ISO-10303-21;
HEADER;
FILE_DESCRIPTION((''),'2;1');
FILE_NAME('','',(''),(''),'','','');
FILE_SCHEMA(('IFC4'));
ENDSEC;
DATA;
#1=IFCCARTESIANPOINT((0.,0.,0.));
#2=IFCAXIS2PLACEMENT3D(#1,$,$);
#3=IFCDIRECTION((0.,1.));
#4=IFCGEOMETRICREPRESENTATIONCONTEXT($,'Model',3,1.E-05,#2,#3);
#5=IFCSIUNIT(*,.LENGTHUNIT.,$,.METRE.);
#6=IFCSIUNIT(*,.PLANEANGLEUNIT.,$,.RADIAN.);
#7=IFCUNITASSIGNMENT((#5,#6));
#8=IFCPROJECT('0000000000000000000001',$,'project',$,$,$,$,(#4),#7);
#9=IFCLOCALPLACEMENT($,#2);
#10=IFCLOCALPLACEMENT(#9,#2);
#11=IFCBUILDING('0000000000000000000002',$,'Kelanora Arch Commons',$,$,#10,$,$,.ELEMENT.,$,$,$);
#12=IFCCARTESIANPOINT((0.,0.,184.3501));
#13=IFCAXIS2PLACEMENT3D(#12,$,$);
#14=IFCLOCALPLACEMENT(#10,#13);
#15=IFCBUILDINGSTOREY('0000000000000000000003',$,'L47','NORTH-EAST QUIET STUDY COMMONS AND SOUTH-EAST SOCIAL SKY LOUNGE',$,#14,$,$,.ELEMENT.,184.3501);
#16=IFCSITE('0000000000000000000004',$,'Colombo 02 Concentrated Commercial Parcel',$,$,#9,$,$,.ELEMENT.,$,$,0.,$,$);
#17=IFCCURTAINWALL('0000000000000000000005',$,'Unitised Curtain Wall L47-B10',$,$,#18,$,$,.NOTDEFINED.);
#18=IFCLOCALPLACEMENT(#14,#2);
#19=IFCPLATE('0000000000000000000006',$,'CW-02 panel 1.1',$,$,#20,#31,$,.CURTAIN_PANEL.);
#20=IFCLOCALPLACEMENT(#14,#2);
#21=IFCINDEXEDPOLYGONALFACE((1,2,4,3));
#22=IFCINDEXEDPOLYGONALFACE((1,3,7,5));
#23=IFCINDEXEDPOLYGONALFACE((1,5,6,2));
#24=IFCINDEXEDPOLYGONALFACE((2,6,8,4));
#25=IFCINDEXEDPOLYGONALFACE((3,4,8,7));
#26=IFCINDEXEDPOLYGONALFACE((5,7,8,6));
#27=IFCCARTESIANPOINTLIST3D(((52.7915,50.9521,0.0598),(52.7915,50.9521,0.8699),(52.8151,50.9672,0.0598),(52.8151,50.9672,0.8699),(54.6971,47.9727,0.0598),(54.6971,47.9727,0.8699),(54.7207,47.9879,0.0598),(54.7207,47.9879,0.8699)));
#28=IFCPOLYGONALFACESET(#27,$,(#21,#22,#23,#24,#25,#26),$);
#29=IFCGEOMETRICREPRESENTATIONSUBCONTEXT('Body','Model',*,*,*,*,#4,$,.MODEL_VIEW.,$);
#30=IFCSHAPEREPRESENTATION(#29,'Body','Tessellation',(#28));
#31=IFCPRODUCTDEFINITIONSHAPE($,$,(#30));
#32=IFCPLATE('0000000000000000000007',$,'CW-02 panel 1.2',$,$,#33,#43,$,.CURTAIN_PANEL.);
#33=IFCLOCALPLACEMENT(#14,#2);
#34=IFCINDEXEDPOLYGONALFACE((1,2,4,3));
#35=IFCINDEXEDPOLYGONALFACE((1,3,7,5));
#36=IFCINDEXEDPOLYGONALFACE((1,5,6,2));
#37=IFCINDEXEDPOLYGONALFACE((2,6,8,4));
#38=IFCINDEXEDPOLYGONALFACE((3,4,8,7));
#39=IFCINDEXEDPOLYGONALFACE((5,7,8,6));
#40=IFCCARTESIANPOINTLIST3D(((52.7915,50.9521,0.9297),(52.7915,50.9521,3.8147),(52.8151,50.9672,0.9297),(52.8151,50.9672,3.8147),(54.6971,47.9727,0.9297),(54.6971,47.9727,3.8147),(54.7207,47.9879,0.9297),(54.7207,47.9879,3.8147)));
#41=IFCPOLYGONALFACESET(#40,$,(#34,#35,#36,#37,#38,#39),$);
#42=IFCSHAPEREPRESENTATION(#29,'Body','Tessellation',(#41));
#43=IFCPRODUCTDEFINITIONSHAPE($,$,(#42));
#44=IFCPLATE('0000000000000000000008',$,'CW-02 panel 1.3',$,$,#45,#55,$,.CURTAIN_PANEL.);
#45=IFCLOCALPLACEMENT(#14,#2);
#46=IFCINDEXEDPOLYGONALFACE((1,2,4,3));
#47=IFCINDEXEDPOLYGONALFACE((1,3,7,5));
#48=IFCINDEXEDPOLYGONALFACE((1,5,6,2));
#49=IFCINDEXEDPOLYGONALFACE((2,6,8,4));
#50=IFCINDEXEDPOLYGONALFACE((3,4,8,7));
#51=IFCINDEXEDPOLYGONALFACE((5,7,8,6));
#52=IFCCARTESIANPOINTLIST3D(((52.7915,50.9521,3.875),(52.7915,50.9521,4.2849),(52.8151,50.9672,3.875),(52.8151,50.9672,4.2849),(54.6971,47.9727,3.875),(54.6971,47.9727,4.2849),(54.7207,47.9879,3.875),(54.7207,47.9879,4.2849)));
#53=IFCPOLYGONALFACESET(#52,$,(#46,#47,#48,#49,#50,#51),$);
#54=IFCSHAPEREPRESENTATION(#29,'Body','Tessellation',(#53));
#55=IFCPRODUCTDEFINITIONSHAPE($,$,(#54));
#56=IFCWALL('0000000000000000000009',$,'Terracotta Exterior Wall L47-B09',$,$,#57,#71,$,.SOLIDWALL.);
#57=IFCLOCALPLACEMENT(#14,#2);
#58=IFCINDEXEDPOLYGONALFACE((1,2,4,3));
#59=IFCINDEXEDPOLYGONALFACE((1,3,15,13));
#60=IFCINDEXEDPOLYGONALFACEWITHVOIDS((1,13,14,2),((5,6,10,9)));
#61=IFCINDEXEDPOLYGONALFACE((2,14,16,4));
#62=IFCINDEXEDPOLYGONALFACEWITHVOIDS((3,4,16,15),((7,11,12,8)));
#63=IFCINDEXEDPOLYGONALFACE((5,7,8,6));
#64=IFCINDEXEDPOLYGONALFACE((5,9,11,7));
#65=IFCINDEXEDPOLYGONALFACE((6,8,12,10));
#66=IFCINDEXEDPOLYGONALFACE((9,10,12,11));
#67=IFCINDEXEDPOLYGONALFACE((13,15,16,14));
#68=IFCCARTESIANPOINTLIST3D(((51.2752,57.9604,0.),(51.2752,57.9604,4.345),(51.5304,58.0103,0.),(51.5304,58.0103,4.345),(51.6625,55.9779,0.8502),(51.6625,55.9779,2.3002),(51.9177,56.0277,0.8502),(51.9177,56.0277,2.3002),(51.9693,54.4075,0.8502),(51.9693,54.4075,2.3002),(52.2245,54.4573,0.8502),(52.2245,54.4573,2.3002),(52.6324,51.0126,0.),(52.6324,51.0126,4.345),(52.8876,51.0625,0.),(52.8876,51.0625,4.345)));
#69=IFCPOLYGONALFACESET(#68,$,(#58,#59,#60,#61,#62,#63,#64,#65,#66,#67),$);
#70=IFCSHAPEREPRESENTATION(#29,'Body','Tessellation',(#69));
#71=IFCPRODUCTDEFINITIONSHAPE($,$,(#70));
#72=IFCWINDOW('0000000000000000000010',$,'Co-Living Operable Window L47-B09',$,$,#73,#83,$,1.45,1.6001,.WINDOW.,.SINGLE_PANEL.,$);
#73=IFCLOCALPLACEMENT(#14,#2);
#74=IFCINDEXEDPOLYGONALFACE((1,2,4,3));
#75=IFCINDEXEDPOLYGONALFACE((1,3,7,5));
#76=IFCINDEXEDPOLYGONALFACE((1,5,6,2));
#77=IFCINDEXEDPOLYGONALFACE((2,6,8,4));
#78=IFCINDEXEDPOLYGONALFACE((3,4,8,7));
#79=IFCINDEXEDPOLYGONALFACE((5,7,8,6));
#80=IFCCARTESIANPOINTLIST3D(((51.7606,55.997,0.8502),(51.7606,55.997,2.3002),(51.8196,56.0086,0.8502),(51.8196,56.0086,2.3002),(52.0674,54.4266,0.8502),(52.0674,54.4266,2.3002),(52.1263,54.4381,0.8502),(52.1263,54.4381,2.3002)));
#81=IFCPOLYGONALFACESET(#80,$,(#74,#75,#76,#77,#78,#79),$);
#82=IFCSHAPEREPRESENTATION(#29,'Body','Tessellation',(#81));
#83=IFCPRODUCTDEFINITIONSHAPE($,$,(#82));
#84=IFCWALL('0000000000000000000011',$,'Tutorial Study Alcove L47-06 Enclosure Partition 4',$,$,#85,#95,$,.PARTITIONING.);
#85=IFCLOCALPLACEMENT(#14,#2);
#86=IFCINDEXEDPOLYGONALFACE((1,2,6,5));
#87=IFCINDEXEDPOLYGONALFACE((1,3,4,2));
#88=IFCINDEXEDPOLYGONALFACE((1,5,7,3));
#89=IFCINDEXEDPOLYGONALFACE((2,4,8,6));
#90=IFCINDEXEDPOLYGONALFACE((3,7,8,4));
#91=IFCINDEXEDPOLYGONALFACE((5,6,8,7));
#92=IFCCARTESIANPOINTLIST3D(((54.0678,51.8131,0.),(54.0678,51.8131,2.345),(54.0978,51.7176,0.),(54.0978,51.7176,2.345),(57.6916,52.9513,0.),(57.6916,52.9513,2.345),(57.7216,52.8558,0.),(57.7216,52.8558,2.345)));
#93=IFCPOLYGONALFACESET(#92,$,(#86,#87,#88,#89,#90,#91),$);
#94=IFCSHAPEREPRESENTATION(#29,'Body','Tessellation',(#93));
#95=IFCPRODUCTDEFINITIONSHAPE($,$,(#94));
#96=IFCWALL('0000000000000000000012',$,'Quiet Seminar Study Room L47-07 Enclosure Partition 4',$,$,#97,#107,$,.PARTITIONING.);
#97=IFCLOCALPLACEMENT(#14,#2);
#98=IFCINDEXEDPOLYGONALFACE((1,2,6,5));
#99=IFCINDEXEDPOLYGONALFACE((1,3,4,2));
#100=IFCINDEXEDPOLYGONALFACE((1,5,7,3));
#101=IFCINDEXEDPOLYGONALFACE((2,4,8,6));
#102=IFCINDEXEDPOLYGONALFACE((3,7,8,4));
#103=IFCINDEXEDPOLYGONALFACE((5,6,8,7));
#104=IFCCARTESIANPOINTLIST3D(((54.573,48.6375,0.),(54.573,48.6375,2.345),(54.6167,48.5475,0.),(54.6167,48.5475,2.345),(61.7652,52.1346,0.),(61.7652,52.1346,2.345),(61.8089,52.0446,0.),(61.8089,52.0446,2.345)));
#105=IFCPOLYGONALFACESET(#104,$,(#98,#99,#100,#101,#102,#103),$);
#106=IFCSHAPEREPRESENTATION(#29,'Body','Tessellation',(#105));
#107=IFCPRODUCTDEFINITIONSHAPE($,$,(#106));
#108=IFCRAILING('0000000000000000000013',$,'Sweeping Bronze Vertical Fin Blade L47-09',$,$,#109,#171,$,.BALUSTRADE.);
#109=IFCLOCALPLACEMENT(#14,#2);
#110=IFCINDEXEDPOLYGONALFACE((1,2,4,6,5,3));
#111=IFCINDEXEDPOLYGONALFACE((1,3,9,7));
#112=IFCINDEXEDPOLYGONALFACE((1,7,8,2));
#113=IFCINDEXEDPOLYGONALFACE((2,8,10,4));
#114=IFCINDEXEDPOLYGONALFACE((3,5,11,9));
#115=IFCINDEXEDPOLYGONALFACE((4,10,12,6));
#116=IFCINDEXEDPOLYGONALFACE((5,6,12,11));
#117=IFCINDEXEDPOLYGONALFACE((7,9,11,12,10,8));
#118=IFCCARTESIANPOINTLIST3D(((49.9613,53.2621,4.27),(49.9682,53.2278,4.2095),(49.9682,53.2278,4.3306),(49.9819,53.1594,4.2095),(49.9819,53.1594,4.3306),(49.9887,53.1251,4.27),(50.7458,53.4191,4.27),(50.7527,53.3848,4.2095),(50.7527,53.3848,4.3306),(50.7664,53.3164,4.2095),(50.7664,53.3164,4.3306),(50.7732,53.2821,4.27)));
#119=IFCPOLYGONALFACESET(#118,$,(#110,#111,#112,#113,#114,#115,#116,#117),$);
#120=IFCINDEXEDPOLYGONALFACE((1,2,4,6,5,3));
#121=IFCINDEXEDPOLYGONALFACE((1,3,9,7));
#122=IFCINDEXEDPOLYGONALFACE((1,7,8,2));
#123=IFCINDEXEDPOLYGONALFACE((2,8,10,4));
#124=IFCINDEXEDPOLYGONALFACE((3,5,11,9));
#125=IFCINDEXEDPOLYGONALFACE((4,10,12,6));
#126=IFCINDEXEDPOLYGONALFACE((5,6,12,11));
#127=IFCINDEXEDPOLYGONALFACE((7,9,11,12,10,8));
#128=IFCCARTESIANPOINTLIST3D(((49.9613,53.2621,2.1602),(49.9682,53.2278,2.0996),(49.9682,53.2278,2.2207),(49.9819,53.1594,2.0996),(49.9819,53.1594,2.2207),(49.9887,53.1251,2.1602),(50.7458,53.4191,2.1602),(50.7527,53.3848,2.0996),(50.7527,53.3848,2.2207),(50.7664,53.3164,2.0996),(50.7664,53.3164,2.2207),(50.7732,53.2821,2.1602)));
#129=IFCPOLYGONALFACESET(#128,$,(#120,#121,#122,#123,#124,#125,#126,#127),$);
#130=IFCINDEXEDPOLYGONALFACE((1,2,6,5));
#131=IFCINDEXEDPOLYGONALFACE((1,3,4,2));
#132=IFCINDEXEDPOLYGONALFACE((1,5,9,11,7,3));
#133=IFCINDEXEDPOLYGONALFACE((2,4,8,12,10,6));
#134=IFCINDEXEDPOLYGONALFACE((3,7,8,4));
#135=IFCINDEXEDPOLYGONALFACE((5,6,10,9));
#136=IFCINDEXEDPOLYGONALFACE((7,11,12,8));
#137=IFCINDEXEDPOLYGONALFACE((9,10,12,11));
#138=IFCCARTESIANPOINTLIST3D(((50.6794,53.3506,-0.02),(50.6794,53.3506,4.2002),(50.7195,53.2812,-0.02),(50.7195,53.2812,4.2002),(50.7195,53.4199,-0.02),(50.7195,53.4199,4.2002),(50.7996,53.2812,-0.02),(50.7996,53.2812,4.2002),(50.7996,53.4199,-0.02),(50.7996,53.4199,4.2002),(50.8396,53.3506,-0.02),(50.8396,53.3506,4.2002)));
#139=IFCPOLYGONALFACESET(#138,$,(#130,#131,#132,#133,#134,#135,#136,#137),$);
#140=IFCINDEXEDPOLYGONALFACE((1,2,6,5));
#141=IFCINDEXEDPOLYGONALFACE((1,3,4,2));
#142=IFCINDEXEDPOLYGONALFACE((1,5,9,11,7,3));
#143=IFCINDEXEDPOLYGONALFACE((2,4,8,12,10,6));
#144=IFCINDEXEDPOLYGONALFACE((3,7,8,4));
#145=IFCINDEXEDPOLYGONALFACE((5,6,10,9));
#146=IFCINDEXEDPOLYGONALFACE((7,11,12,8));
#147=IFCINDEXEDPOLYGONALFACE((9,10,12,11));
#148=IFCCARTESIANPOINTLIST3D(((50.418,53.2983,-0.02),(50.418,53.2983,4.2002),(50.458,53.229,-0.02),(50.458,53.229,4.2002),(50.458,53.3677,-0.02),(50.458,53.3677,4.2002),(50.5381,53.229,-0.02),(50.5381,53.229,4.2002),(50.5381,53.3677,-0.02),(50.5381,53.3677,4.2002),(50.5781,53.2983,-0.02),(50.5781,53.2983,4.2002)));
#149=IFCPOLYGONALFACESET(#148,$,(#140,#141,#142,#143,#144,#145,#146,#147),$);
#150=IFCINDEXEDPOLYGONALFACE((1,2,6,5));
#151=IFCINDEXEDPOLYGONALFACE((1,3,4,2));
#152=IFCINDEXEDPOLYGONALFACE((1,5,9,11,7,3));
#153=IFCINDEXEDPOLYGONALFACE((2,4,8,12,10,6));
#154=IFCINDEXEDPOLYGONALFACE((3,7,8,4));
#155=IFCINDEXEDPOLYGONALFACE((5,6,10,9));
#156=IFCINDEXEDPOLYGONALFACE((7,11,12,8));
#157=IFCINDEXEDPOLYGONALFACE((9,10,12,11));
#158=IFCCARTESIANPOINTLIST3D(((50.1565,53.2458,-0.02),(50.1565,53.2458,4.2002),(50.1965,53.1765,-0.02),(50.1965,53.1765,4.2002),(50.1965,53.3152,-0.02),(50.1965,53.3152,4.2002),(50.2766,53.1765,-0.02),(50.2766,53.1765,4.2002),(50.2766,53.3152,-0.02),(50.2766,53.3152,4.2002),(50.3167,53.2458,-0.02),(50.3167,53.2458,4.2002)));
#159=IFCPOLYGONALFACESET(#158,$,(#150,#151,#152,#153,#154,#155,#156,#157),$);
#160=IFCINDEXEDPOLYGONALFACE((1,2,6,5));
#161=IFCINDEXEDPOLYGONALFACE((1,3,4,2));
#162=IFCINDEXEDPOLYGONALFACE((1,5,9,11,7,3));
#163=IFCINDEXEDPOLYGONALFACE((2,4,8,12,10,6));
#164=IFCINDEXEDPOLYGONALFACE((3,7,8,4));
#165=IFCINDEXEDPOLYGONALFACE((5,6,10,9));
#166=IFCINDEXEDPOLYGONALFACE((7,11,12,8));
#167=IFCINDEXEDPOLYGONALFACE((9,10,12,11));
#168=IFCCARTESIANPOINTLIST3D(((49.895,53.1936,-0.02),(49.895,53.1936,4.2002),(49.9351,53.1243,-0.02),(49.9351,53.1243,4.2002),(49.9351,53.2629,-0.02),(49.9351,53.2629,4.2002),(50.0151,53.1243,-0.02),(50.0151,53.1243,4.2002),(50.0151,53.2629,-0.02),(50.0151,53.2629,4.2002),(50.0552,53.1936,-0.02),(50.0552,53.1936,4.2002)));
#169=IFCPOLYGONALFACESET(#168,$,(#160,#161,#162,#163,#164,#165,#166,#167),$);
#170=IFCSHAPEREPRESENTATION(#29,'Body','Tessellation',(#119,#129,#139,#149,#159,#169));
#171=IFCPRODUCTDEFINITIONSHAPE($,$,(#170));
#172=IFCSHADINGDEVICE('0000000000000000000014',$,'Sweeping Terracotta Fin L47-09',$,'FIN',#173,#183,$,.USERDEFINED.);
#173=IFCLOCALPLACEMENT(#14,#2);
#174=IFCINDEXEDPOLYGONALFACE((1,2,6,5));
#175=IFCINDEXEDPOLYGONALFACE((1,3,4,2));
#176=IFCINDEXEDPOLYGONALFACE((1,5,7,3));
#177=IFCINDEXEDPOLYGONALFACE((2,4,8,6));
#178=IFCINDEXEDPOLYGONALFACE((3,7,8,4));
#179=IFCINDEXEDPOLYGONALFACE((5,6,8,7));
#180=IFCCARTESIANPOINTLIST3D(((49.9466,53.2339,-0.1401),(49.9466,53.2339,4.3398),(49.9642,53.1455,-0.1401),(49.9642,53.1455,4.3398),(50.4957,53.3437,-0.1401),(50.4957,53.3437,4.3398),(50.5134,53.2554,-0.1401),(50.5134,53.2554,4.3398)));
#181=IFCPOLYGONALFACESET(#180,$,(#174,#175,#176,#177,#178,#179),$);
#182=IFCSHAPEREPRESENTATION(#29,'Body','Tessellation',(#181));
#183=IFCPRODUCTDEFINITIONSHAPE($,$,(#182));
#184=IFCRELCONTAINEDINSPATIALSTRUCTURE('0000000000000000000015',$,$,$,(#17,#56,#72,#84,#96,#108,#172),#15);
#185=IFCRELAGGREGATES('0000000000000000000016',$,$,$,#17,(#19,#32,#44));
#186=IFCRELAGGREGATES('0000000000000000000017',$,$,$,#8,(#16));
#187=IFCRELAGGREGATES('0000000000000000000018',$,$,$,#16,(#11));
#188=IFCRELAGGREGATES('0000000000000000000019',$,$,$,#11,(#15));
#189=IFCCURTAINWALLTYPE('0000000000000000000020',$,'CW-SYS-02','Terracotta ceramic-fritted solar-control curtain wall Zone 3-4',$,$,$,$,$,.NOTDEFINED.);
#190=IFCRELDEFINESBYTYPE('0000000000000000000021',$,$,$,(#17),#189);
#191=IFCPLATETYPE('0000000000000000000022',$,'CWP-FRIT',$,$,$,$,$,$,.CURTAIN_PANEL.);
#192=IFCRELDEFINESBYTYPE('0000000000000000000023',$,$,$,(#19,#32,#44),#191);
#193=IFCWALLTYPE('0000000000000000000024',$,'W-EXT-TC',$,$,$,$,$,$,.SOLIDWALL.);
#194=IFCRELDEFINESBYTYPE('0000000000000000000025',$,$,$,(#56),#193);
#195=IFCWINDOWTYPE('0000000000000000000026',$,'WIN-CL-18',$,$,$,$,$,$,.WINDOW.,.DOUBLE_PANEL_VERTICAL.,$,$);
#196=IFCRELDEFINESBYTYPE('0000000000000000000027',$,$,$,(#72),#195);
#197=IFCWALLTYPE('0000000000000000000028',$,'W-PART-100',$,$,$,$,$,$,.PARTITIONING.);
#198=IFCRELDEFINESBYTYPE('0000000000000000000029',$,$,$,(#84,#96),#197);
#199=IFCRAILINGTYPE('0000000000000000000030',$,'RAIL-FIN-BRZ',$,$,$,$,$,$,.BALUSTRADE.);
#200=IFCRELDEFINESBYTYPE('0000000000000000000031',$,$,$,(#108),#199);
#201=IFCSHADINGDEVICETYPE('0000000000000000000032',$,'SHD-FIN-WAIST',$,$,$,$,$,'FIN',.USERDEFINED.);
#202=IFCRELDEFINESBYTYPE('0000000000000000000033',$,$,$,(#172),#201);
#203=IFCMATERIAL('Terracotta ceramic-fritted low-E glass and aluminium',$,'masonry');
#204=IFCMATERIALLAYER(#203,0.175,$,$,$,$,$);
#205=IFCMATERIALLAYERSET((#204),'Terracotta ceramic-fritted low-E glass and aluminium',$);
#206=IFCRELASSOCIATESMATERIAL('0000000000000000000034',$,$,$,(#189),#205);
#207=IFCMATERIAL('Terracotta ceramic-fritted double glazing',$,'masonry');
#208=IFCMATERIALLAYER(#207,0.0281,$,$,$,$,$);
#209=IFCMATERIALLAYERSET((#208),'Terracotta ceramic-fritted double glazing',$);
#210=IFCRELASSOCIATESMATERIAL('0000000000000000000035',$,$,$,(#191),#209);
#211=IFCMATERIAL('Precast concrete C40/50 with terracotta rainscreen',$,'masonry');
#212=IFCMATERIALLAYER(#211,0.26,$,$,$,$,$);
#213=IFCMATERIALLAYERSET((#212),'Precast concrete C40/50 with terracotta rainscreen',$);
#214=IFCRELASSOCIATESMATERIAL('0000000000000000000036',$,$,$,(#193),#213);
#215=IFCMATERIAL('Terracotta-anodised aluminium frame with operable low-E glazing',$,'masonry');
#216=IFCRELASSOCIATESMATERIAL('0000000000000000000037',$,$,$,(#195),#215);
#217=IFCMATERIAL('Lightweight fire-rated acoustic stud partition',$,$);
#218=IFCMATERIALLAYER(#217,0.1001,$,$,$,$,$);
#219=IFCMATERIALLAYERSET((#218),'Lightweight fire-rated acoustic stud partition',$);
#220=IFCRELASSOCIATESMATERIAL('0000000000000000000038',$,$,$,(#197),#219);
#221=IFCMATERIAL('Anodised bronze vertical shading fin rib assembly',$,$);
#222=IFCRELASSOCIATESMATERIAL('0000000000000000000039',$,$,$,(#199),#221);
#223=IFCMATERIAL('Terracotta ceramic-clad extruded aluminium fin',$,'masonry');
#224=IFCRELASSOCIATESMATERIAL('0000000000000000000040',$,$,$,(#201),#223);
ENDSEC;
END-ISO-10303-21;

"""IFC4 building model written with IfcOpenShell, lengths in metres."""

from ifc_helpers import new_model, si_unit, direction, frame, frame_2d, origin, origin_2d, place, context, subcontext, project, spatial, polyline, rectangle, outline, extrude, source, transform, mapped, material, layer, layer_set, type_object, element, fill, aggregate, save


model = new_model("IFC4")

# Units and contexts
model_context = context("Model", 3, precision=1e-05, world=origin(), true_north=direction((0.0, 1.0)))
body_context = subcontext(model_context, "Body", "Model", "MODEL_VIEW")
ifc_project = project(units=[si_unit("LENGTHUNIT", "METRE"), si_unit("PLANEANGLEUNIT", "RADIAN")], contexts=[model_context])

# Site, building, storey
site_placement = place(None, origin())
site = spatial("IfcSite", under=ifc_project, at=site_placement, Name="Colombo 02 Concentrated Commercial Parcel", CompositionType="ELEMENT", RefElevation=0.0)
building_placement = place(site_placement, origin())
building = spatial("IfcBuilding", under=site, at=building_placement, Name="Kelanora Arch Commons", CompositionType="ELEMENT")
storey_placement = place(building_placement, frame((0.0, 0.0, 184.3501)))
storey = spatial("IfcBuildingStorey", under=building, at=storey_placement, Name="L47", Description="NORTH-EAST QUIET STUDY COMMONS AND SOUTH-EAST SOCIAL SKY LOUNGE", CompositionType="ELEMENT", Elevation=184.3501)

# Shared definitions
ifc_material_1 = material(Name="Terracotta ceramic-fritted low-E glass and aluminium", Category="masonry")
ifc_layer_1 = layer(ifc_material_1, 0.175)
ifc_layer_set_1 = layer_set([ifc_layer_1], Name="Terracotta ceramic-fritted low-E glass and aluminium")
curtain_wall_type = type_object("IfcCurtainWallType", Name="CW-SYS-02", Description="Terracotta ceramic-fritted solar-control curtain wall Zone 3-4", PredefinedType="NOTDEFINED", material=ifc_layer_set_1)

# Curtain wall
curtain_wall_1_placement = place(storey_placement, origin())
curtain_wall_1 = element("IfcCurtainWall", 1, at=curtain_wall_1_placement, inside=storey, type_object=curtain_wall_type, Name="Unitised Curtain Wall L47-B10", PredefinedType="NOTDEFINED")

# Plates
ifc_material_2 = material(Name="Terracotta ceramic-fritted double glazing", Category="masonry")
ifc_layer_2 = layer(ifc_material_2, 0.0281)
ifc_layer_set_2 = layer_set([ifc_layer_2], Name="Terracotta ceramic-fritted double glazing")
plate_type = type_object("IfcPlateType", Name="CWP-FRIT", PredefinedType="CURTAIN_PANEL", material=ifc_layer_set_2)
shared_shape_1 = source(origin(), body_context, "Body", "SweptSolid", [
    extrude(rectangle(XDim=3.5366, YDim=0.0281, at=origin_2d()), origin(), (0.0, 0.0, 1.0), 0.8101),
])
plate_1_placement = place(storey_placement, frame((53.7561, 49.47, 0.0598), z_axis=(0.0, 0.0, 1.0), x_axis=(0.538817, -0.842423, 0.0)))
plate_1 = element("IfcPlate", 2, at=plate_1_placement, type_object=plate_type, Name="CW-02 panel 1.1", PredefinedType="CURTAIN_PANEL", context=body_context, shape_type="MappedRepresentation", body=[
    mapped(shared_shape_1, transform((0.0, 0.0, 0.0), scale=1.0)),
])
shared_shape_2 = source(origin(), body_context, "Body", "SweptSolid", [
    extrude(rectangle(XDim=3.5366, YDim=0.0281, at=origin_2d()), origin(), (0.0, 0.0, 1.0), 2.885),
])
plate_2_placement = place(storey_placement, frame((53.7561, 49.47, 0.9297), z_axis=(0.0, 0.0, 1.0), x_axis=(0.538817, -0.842423, 0.0)))
plate_2 = element("IfcPlate", 3, at=plate_2_placement, type_object=plate_type, Name="CW-02 panel 1.2", PredefinedType="CURTAIN_PANEL", context=body_context, shape_type="MappedRepresentation", body=[
    mapped(shared_shape_2, transform((0.0, 0.0, 0.0), scale=1.0)),
])
shared_shape_3 = source(origin(), body_context, "Body", "SweptSolid", [
    extrude(rectangle(XDim=3.5366, YDim=0.0281, at=origin_2d()), origin(), (0.0, 0.0, 1.0), 0.4099),
])
plate_3_placement = place(storey_placement, frame((53.7561, 49.47, 3.875), z_axis=(0.0, 0.0, 1.0), x_axis=(0.538817, -0.842423, 0.0)))
plate_3 = element("IfcPlate", 4, at=plate_3_placement, type_object=plate_type, Name="CW-02 panel 1.3", PredefinedType="CURTAIN_PANEL", context=body_context, shape_type="MappedRepresentation", body=[
    mapped(shared_shape_3, transform((0.0, 0.0, 0.0), scale=1.0)),
])
aggregate(curtain_wall_1, [plate_1, plate_2, plate_3])

# Wall, opening, window
ifc_material_3 = material(Name="Precast concrete C40/50 with terracotta rainscreen", Category="masonry")
ifc_layer_3 = layer(ifc_material_3, 0.26)
ifc_layer_set_3 = layer_set([ifc_layer_3], Name="Precast concrete C40/50 with terracotta rainscreen")
wall_type_1 = type_object("IfcWallType", Name="W-EXT-TC", PredefinedType="SOLIDWALL", material=ifc_layer_set_3)
wall_1_placement = place(storey_placement, frame((51.4028, 57.9854, 0.0), z_axis=(0.0, 0.0, 1.0), x_axis=(0.191717, -0.98145, 0.0)))
wall_1 = element("IfcWall", 5, at=wall_1_placement, inside=storey, type_object=wall_type_1, Name="Terracotta Exterior Wall L47-B09", PredefinedType="SOLIDWALL", context=body_context, shape_type="SweptSolid", body=[
    extrude(rectangle(XDim=7.0791, YDim=0.26, at=frame_2d((3.5396, 0.0))), origin(), (0.0, 0.0, 1.0), 4.345),
])
opening_placement = place(wall_1_placement, frame((2.02, 0.0, 0.8501)))
opening = element("IfcOpeningElement", 6, at=opening_placement, cuts=wall_1, PredefinedType="OPENING", context=body_context, shape_type="SweptSolid", body=[
    extrude(rectangle(XDim=1.6001, YDim=1.45, at=frame_2d((0.8, 0.7251))), frame((0.0, 0.1401, 0.0), z_axis=(0.0, -1.0, 0.0), x_axis=(1.0, 0.0, 0.0)), (0.0, 0.0, 1.0), 0.28),
])
ifc_material_4 = material(Name="Terracotta-anodised aluminium frame with operable low-E glazing", Category="masonry")
window_type = type_object("IfcWindowType", Name="WIN-CL-18", PartitioningType="DOUBLE_PANEL_VERTICAL", PredefinedType="WINDOW", material=ifc_material_4)
window_placement = place(opening_placement, origin())
window = element("IfcWindow", 7, at=window_placement, inside=storey, type_object=window_type, Name="Co-Living Operable Window L47-B09", OverallHeight=1.45, OverallWidth=1.6001, PartitioningType="SINGLE_PANEL", PredefinedType="WINDOW", context=body_context, shape_type="SweptSolid", body=[
    extrude(rectangle(XDim=1.6001, YDim=1.45, at=frame_2d((0.8, 0.7251))), frame((0.0, 0.03, 0.0), z_axis=(0.0, -1.0, 0.0), x_axis=(1.0, 0.0, 0.0)), (0.0, 0.0, 1.0), 0.0601),
])
fill(opening, window)

# Walls
ifc_material_5 = material(Name="Lightweight fire-rated acoustic stud partition")
ifc_layer_4 = layer(ifc_material_5, 0.1001)
ifc_layer_set_4 = layer_set([ifc_layer_4], Name="Lightweight fire-rated acoustic stud partition")
wall_type_2 = type_object("IfcWallType", Name="W-PART-100", PredefinedType="PARTITIONING", material=ifc_layer_set_4)
wall_2_placement = place(storey_placement, frame((54.0828, 51.7654, 0.0), z_axis=(0.0, 0.0, 1.0), x_axis=(0.954048, 0.299654, 0.0)))
element("IfcWall", 8, at=wall_2_placement, inside=storey, type_object=wall_type_2, Name="Tutorial Study Alcove L47-06 Enclosure Partition 4", PredefinedType="PARTITIONING", context=body_context, shape_type="SweptSolid", body=[
    extrude(rectangle(XDim=3.7983, YDim=0.1001, at=frame_2d((1.8992, 0.0))), origin(), (0.0, 0.0, 1.0), 2.345),
])
wall_3_placement = place(storey_placement, frame((54.595, 48.5925, 0.0), z_axis=(0.0, 0.0, 1.0), x_axis=(0.899324, 0.437283, 0.0)))
element("IfcWall", 9, at=wall_3_placement, inside=storey, type_object=wall_type_2, Name="Quiet Seminar Study Room L47-07 Enclosure Partition 4", PredefinedType="PARTITIONING", context=body_context, shape_type="SweptSolid", body=[
    extrude(rectangle(XDim=7.9973, YDim=0.1001, at=frame_2d((3.9985, 0.0))), origin(), (0.0, 0.0, 1.0), 2.345),
])

# Railing
ifc_material_6 = material(Name="Anodised bronze vertical shading fin rib assembly")
railing_type = type_object("IfcRailingType", Name="RAIL-FIN-BRZ", PredefinedType="BALUSTRADE", material=ifc_material_6)
railing_placement = place(storey_placement, frame((50.7595, 53.3506, -0.02)))
element("IfcRailing", 10, at=railing_placement, inside=storey, type_object=railing_type, Name="Sweeping Bronze Vertical Fin Blade L47-09", PredefinedType="BALUSTRADE", context=body_context, shape_type="SweptSolid", body=[
    extrude(outline(polyline([(0.0698, 0.0), (0.0349, 0.0605), (-0.0349, 0.0605), (-0.0698, 0.0), (-0.0349, -0.0605), (0.0349, -0.0605), (0.0698, 0.0)])), frame((0.0, 0.0, 4.29), z_axis=(-0.980557, -0.196234, 0.0), x_axis=(0.196234, -0.980557, 0.0)), (0.0, 0.0, 1.0), 0.8),
    extrude(outline(polyline([(0.0698, 0.0), (0.0349, 0.0605), (-0.0349, 0.0605), (-0.0698, 0.0), (-0.0349, -0.0605), (0.0349, -0.0605), (0.0698, 0.0)])), frame((0.0, 0.0, 2.1802), z_axis=(-0.980557, -0.196234, 0.0), x_axis=(0.196234, -0.980557, 0.0)), (0.0, 0.0, 1.0), 0.8),
    extrude(outline(polyline([(0.0801, 0.0), (0.04, 0.0693), (-0.04, 0.0693), (-0.0801, 0.0), (-0.04, -0.0693), (0.04, -0.0693), (0.0801, 0.0)])), origin(), (0.0, 0.0, 1.0), 4.2202),
    extrude(outline(polyline([(0.0801, 0.0), (0.04, 0.0693), (-0.04, 0.0693), (-0.0801, 0.0), (-0.04, -0.0693), (0.04, -0.0693), (0.0801, 0.0)])), frame((-0.2615, -0.0522, 0.0)), (0.0, 0.0, 1.0), 4.2202),
    extrude(outline(polyline([(0.0801, 0.0), (0.04, 0.0693), (-0.04, 0.0693), (-0.0801, 0.0), (-0.04, -0.0693), (0.04, -0.0693), (0.0801, 0.0)])), frame((-0.5229, -0.1047, 0.0)), (0.0, 0.0, 1.0), 4.2202),
    extrude(outline(polyline([(0.0801, 0.0), (0.04, 0.0693), (-0.04, 0.0693), (-0.0801, 0.0), (-0.04, -0.0693), (0.04, -0.0693), (0.0801, 0.0)])), frame((-0.7844, -0.157, 0.0)), (0.0, 0.0, 1.0), 4.2202),
])

# Shading device
ifc_material_7 = material(Name="Terracotta ceramic-clad extruded aluminium fin", Category="masonry")
shading_device_type = type_object("IfcShadingDeviceType", Name="SHD-FIN-WAIST", ElementType="FIN", PredefinedType="USERDEFINED", material=ifc_material_7)
shared_shape_4 = source(origin(), body_context, "Body", "SweptSolid", [
    extrude(rectangle(XDim=0.5601, YDim=0.0901, at=origin_2d()), origin(), (0.0, 0.0, 1.0), 4.48),
])
shading_device_placement = place(storey_placement, frame((50.23, 53.2446, -0.1401), z_axis=(0.0, 0.0, 1.0), x_axis=(-0.98058, -0.196117, 0.0)))
element("IfcShadingDevice", 11, at=shading_device_placement, inside=storey, type_object=shading_device_type, Name="Sweeping Terracotta Fin L47-09", ObjectType="FIN", PredefinedType="USERDEFINED", context=body_context, shape_type="MappedRepresentation", body=[
    mapped(shared_shape_4, transform((0.0, 0.0, 0.0), scale=1.0)),
])

save(model, "model.ifc")
